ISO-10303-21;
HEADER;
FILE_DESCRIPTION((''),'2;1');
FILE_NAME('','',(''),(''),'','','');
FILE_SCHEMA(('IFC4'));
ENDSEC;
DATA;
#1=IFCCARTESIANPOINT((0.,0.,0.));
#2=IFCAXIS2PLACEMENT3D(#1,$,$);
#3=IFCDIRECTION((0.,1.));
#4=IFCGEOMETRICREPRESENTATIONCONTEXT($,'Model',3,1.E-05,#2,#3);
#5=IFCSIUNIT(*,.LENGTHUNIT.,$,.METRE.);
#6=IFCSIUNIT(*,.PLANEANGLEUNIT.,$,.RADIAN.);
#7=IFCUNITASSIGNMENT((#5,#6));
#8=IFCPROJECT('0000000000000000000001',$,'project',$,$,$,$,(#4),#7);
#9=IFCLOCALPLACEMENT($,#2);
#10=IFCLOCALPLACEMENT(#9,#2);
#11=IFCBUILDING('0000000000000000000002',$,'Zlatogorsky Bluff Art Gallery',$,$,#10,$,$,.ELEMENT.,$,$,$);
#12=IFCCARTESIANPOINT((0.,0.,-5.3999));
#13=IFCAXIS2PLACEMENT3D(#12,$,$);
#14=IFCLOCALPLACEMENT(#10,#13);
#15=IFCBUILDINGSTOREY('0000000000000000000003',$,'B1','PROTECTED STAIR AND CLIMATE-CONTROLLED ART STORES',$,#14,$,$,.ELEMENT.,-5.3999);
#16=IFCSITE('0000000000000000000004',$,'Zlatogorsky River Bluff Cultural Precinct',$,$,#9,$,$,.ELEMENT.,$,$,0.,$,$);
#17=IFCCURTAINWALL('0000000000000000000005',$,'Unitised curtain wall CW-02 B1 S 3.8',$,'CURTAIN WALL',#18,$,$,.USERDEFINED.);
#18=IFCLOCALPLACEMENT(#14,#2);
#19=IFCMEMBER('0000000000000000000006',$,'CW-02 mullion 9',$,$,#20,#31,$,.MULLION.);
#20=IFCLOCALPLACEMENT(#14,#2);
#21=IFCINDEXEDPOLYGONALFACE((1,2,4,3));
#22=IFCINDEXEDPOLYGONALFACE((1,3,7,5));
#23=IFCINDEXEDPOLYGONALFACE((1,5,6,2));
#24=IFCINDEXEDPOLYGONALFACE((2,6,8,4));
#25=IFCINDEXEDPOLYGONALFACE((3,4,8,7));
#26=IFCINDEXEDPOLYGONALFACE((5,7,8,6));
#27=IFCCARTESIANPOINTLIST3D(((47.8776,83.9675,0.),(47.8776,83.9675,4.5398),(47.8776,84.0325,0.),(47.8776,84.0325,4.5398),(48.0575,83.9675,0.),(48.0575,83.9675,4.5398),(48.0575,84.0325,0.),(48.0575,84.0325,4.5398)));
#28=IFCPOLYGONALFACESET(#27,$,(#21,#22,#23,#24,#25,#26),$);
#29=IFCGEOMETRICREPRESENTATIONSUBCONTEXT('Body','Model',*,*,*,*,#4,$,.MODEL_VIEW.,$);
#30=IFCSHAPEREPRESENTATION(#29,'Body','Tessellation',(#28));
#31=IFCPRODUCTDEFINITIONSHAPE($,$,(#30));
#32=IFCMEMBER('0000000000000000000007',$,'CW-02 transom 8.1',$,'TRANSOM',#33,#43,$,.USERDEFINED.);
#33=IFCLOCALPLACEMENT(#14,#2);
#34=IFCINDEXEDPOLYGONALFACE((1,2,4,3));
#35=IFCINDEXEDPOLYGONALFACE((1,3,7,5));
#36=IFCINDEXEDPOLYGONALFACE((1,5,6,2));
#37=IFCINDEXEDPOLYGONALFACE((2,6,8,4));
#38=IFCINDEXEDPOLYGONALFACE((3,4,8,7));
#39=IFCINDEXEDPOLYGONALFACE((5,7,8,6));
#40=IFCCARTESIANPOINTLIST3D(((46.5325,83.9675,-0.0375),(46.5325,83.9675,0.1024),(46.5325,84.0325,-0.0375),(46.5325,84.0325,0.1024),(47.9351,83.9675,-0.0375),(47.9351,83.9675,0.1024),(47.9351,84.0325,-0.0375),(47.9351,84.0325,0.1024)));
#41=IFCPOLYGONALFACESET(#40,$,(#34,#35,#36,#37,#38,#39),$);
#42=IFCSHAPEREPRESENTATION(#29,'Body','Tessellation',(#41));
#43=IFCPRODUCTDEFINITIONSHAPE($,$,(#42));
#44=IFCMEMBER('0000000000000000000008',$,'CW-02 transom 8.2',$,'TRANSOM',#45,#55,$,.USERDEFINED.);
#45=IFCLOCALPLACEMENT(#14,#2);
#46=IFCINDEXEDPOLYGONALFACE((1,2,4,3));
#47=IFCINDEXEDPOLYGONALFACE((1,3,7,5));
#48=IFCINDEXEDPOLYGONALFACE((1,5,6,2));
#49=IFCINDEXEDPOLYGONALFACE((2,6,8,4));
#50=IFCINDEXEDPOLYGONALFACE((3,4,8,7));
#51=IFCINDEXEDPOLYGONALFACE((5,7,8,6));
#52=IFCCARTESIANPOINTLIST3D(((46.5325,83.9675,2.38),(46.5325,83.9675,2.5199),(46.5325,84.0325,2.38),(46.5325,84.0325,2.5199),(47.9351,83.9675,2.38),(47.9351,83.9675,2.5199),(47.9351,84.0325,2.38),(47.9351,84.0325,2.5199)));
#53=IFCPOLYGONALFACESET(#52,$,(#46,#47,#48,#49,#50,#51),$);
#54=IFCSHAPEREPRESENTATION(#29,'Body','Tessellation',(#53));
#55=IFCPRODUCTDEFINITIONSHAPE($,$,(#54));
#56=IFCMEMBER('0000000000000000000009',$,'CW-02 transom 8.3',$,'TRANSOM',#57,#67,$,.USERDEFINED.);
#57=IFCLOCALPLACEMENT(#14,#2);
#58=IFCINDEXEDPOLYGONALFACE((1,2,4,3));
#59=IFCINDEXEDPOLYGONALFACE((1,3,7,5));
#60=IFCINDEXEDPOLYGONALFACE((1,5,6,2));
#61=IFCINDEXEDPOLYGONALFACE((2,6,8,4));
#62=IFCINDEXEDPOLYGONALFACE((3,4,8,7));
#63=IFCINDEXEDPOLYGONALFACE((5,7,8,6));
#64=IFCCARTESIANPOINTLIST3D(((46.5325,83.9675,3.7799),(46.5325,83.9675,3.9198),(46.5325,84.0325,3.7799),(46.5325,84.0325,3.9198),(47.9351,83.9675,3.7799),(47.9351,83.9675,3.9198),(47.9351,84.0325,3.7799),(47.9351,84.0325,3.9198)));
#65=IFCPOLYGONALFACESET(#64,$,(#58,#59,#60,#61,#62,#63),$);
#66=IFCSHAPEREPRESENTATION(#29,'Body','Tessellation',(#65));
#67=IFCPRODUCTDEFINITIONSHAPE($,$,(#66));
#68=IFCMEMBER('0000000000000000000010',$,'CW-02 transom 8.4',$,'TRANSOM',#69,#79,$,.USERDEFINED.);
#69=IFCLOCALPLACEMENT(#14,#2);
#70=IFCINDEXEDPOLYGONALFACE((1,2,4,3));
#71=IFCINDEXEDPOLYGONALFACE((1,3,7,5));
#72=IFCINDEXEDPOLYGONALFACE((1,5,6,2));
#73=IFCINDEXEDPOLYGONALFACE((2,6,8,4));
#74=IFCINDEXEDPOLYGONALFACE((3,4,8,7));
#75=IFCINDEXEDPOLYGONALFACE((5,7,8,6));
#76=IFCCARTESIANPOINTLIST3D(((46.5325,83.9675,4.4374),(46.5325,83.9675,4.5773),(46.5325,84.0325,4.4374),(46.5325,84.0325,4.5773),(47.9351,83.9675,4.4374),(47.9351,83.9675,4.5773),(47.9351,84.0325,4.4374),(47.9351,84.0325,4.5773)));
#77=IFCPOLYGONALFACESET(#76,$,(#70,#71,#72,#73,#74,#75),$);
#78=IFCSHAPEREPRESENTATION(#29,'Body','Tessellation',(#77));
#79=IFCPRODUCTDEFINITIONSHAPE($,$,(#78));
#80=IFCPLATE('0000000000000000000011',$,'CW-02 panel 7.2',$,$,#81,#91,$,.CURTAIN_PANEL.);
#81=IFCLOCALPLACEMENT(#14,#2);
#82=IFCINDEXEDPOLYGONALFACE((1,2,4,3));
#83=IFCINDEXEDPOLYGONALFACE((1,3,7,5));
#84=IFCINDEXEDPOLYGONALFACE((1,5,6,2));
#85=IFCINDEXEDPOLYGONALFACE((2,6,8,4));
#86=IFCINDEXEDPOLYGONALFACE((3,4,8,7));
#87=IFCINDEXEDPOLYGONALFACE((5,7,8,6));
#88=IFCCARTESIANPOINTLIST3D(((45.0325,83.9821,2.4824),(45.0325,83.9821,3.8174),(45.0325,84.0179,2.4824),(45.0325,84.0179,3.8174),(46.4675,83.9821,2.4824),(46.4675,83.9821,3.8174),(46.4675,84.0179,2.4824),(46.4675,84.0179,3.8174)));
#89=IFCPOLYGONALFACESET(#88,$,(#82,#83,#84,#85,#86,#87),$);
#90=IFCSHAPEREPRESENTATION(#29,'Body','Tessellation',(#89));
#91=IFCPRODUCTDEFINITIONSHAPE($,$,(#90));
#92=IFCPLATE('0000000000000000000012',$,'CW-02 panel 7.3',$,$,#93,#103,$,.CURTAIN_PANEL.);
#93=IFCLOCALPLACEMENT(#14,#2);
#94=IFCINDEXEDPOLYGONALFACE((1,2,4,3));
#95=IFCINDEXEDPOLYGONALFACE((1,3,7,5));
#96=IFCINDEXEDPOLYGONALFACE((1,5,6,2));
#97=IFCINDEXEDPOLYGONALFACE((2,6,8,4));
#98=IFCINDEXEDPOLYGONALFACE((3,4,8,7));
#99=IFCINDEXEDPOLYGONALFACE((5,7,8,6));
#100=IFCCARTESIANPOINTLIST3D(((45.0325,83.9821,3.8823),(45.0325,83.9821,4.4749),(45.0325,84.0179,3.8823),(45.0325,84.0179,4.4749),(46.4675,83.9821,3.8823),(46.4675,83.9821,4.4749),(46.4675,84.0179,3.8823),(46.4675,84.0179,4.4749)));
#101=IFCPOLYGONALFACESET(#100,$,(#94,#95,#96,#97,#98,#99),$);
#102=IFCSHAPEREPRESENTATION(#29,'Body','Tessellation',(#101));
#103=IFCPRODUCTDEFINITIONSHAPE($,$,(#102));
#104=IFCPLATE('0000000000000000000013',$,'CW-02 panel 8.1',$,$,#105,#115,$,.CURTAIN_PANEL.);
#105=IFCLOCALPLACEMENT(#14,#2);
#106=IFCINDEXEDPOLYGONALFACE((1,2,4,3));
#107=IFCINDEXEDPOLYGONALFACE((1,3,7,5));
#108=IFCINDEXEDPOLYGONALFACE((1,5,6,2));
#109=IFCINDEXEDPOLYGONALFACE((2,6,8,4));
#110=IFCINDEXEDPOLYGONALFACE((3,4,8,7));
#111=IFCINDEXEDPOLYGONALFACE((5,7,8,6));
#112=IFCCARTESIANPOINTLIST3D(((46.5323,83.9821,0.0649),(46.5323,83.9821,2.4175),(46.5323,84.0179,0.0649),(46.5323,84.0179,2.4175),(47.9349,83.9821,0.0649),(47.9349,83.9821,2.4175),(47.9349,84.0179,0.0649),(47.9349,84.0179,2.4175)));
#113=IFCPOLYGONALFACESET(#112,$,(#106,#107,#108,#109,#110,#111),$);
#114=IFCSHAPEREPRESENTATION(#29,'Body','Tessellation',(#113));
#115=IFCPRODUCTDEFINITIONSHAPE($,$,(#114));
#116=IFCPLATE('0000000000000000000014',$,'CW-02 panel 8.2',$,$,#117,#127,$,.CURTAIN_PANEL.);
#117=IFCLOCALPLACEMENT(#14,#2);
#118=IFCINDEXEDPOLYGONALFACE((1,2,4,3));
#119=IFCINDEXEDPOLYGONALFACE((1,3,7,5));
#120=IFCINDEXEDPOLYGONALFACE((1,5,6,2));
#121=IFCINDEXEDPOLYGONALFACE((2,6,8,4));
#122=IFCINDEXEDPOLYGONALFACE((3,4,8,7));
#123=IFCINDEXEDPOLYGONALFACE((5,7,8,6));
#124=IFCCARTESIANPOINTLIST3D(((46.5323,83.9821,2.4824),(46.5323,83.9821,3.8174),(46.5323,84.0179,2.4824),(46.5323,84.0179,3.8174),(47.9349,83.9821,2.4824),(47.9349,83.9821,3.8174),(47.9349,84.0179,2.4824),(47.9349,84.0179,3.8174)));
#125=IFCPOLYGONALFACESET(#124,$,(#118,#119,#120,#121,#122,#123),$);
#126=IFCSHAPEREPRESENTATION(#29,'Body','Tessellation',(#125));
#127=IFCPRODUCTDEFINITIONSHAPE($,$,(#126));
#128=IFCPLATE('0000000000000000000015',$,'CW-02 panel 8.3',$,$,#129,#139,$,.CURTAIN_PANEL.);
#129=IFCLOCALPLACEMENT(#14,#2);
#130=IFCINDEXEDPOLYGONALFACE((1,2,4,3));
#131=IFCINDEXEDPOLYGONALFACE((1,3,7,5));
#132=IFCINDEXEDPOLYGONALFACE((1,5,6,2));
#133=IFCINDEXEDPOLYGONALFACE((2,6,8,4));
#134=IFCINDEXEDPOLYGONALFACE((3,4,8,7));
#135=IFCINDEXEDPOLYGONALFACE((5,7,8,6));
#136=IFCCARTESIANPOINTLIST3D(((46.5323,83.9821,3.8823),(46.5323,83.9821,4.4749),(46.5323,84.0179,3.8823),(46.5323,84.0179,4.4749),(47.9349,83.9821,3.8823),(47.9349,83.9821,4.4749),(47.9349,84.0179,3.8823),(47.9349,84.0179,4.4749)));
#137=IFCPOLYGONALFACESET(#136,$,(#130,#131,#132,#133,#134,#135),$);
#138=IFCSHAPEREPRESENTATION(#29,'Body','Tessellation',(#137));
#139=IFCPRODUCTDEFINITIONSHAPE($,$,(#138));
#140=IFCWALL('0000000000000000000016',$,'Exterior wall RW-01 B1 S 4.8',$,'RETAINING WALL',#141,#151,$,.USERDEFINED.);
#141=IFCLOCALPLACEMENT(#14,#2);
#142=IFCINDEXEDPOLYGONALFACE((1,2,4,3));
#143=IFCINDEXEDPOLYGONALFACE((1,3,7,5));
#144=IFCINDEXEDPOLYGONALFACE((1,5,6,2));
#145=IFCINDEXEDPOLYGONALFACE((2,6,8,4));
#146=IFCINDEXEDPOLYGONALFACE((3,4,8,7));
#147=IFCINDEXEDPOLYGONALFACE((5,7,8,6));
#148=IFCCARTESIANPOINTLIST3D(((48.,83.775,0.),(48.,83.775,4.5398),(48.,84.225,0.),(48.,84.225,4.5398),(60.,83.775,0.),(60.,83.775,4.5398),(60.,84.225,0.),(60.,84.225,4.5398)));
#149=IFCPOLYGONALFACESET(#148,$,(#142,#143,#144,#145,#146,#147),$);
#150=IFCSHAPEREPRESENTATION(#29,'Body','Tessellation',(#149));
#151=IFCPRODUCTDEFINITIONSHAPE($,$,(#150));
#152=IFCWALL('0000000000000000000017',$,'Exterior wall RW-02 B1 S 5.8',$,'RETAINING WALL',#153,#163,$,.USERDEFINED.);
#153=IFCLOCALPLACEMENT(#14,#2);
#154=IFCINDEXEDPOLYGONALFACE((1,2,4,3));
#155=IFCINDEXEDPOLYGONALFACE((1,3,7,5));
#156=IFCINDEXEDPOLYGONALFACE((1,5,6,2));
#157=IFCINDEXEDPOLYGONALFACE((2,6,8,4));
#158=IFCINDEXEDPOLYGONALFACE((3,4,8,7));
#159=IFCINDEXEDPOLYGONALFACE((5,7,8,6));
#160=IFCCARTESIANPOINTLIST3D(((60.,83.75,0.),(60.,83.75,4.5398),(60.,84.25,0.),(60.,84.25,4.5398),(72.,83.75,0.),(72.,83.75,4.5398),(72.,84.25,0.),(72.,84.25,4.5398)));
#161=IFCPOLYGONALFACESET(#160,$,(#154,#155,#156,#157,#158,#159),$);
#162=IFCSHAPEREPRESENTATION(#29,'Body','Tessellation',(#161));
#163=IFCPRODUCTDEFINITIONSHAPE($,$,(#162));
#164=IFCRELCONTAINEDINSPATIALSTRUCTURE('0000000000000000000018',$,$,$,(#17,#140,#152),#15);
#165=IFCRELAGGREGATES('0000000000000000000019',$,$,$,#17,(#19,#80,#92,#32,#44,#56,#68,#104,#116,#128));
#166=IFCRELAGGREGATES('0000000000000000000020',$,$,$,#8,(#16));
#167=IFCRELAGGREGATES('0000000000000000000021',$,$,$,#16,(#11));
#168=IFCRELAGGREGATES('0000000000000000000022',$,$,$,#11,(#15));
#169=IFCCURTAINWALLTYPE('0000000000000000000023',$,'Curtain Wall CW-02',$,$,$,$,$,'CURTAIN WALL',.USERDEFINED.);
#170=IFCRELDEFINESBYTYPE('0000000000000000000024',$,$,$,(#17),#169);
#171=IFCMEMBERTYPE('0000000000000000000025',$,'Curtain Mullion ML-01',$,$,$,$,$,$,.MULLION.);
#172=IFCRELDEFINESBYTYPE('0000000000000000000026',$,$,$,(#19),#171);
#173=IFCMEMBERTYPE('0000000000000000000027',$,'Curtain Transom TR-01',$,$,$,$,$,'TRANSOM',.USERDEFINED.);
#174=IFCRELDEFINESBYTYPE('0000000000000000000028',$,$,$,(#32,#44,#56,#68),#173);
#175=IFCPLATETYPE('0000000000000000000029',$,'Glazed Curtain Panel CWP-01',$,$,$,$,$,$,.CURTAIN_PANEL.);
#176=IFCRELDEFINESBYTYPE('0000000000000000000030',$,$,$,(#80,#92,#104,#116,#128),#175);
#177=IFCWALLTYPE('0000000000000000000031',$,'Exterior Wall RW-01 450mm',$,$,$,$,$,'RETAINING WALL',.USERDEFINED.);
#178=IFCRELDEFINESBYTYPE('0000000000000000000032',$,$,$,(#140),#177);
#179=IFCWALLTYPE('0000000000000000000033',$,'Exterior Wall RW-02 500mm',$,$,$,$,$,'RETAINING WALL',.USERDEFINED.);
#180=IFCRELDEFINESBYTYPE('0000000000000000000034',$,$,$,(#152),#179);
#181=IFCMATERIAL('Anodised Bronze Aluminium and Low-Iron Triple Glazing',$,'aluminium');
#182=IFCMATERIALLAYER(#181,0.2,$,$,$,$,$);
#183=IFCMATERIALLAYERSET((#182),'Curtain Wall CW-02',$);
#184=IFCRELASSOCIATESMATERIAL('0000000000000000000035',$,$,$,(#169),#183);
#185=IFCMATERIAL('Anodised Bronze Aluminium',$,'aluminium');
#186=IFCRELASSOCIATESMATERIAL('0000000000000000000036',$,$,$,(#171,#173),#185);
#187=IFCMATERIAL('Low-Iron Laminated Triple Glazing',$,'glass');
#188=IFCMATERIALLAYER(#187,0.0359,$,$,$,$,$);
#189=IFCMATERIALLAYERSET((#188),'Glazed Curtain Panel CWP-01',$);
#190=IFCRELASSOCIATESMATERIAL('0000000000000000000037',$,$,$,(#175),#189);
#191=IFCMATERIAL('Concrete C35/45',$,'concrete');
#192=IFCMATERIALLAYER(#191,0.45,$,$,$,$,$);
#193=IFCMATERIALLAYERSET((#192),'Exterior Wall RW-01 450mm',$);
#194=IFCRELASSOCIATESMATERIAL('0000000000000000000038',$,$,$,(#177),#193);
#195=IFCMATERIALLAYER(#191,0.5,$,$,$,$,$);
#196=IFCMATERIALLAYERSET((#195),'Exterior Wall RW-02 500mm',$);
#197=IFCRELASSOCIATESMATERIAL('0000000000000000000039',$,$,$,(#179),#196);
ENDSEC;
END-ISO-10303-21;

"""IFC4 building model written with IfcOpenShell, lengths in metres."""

from ifc_helpers import new_model, si_unit, direction, frame, frame_2d, origin, origin_2d, place, context, subcontext, project, spatial, rectangle, extrude, material, layer, layer_set, material_profile, profile_set, type_object, element, aggregate, save


model = new_model("IFC4")

# Units and contexts
model_context = context("Model", 3, precision=1e-05, world=origin(), true_north=direction((0.0, 1.0)))
body_context = subcontext(model_context, "Body", "Model", "MODEL_VIEW")
ifc_project = project(units=[si_unit("LENGTHUNIT", "METRE"), si_unit("PLANEANGLEUNIT", "RADIAN")], contexts=[model_context])

# Site, building, storey
site_placement = place(None, origin())
site = spatial("IfcSite", under=ifc_project, at=site_placement, Name="Zlatogorsky River Bluff Cultural Precinct", CompositionType="ELEMENT", RefElevation=0.0)
building_placement = place(site_placement, origin())
building = spatial("IfcBuilding", under=site, at=building_placement, Name="Zlatogorsky Bluff Art Gallery", CompositionType="ELEMENT")
storey_placement = place(building_placement, frame((0.0, 0.0, -5.3999)))
storey = spatial("IfcBuildingStorey", under=building, at=storey_placement, Name="B1", Description="PROTECTED STAIR AND CLIMATE-CONTROLLED ART STORES", CompositionType="ELEMENT", Elevation=-5.3999)

# Shared definitions
ifc_material_1 = material(Name="Concrete C35/45", Category="concrete")

# Curtain wall, members, plates
ifc_material_2 = material(Name="Anodised Bronze Aluminium and Low-Iron Triple Glazing", Category="aluminium")
ifc_layer_1 = layer(ifc_material_2, 0.2)
ifc_layer_set_1 = layer_set([ifc_layer_1], Name="Curtain Wall CW-02")
curtain_wall_type = type_object("IfcCurtainWallType", Name="Curtain Wall CW-02", ElementType="CURTAIN WALL", PredefinedType="USERDEFINED", material=ifc_layer_set_1)
curtain_wall_placement = place(storey_placement, origin())
curtain_wall = element("IfcCurtainWall", 1, at=curtain_wall_placement, inside=storey, type_object=curtain_wall_type, Name="Unitised curtain wall CW-02 B1 S 3.8", ObjectType="CURTAIN WALL", PredefinedType="USERDEFINED")
ifc_material_3 = material(Name="Anodised Bronze Aluminium", Category="aluminium")
ifc_material_profile_1 = material_profile(ifc_material_3, rectangle(XDim=0.0649, YDim=0.1799, at=origin_2d()), Name="ALU MULLION 65x180")
ifc_profile_set_1 = profile_set([ifc_material_profile_1], Name="Anodised Bronze Aluminium")
member_type_1 = type_object("IfcMemberType", Name="Curtain Mullion ML-01", PredefinedType="MULLION", material=ifc_profile_set_1)
member_1_placement = place(storey_placement, frame((47.9675, 84.0, 0.0), z_axis=(0.0, 0.0, 1.0), x_axis=(0.0, 1.0, 0.0)))
member_1 = element("IfcMember", 2, at=member_1_placement, type_object=member_type_1, Name="CW-02 mullion 9", PredefinedType="MULLION", context=body_context, shape_type="SweptSolid", body=[
    extrude(rectangle(XDim=0.0649, YDim=0.1799, at=origin_2d()), origin(), (0.0, 0.0, 1.0), 4.5398),
])
ifc_material_profile_2 = material_profile(ifc_material_3, rectangle(XDim=0.0649, YDim=0.1399, at=origin_2d()), Name="ALU TRANSOM 65x140")
ifc_profile_set_2 = profile_set([ifc_material_profile_2], Name="Anodised Bronze Aluminium")
member_type_2 = type_object("IfcMemberType", Name="Curtain Transom TR-01", ElementType="TRANSOM", PredefinedType="USERDEFINED", material=ifc_profile_set_2)
member_2_placement = place(storey_placement, frame((46.5325, 84.0, 0.0325), z_axis=(1.0, 0.0, 0.0), x_axis=(0.0, 1.0, 0.0)))
member_2 = element("IfcMember", 3, at=member_2_placement, type_object=member_type_2, Name="CW-02 transom 8.1", ObjectType="TRANSOM", PredefinedType="USERDEFINED", context=body_context, shape_type="SweptSolid", body=[
    extrude(rectangle(XDim=0.0649, YDim=0.1399, at=origin_2d()), origin(), (0.0, 0.0, 1.0), 1.4026),
])
member_3_placement = place(storey_placement, frame((46.5325, 84.0, 2.45), z_axis=(1.0, 0.0, 0.0), x_axis=(0.0, 1.0, 0.0)))
member_3 = element("IfcMember", 4, at=member_3_placement, type_object=member_type_2, Name="CW-02 transom 8.2", ObjectType="TRANSOM", PredefinedType="USERDEFINED", context=body_context, shape_type="SweptSolid", body=[
    extrude(rectangle(XDim=0.0649, YDim=0.1399, at=origin_2d()), origin(), (0.0, 0.0, 1.0), 1.4026),
])
member_4_placement = place(storey_placement, frame((46.5325, 84.0, 3.8499), z_axis=(1.0, 0.0, 0.0), x_axis=(0.0, 1.0, 0.0)))
member_4 = element("IfcMember", 5, at=member_4_placement, type_object=member_type_2, Name="CW-02 transom 8.3", ObjectType="TRANSOM", PredefinedType="USERDEFINED", context=body_context, shape_type="SweptSolid", body=[
    extrude(rectangle(XDim=0.0649, YDim=0.1399, at=origin_2d()), origin(), (0.0, 0.0, 1.0), 1.4026),
])
member_5_placement = place(storey_placement, frame((46.5325, 84.0, 4.5073), z_axis=(1.0, 0.0, 0.0), x_axis=(0.0, 1.0, 0.0)))
member_5 = element("IfcMember", 6, at=member_5_placement, type_object=member_type_2, Name="CW-02 transom 8.4", ObjectType="TRANSOM", PredefinedType="USERDEFINED", context=body_context, shape_type="SweptSolid", body=[
    extrude(rectangle(XDim=0.0649, YDim=0.1399, at=origin_2d()), origin(), (0.0, 0.0, 1.0), 1.4026),
])
ifc_material_4 = material(Name="Low-Iron Laminated Triple Glazing", Category="glass")
ifc_layer_2 = layer(ifc_material_4, 0.0359)
ifc_layer_set_2 = layer_set([ifc_layer_2], Name="Glazed Curtain Panel CWP-01")
plate_type = type_object("IfcPlateType", Name="Glazed Curtain Panel CWP-01", PredefinedType="CURTAIN_PANEL", material=ifc_layer_set_2)
plate_1_placement = place(storey_placement, frame((45.75, 84.0, 2.4824), z_axis=(0.0, 0.0, 1.0), x_axis=(1.0, 0.0, 0.0)))
plate_1 = element("IfcPlate", 7, at=plate_1_placement, type_object=plate_type, Name="CW-02 panel 7.2", PredefinedType="CURTAIN_PANEL", context=body_context, shape_type="SweptSolid", body=[
    extrude(rectangle(XDim=1.4351, YDim=0.0359, at=origin_2d()), origin(), (0.0, 0.0, 1.0), 1.335),
])
plate_2_placement = place(storey_placement, frame((45.75, 84.0, 3.8823), z_axis=(0.0, 0.0, 1.0), x_axis=(1.0, 0.0, 0.0)))
plate_2 = element("IfcPlate", 8, at=plate_2_placement, type_object=plate_type, Name="CW-02 panel 7.3", PredefinedType="CURTAIN_PANEL", context=body_context, shape_type="SweptSolid", body=[
    extrude(rectangle(XDim=1.4351, YDim=0.0359, at=origin_2d()), origin(), (0.0, 0.0, 1.0), 0.5925),
])
plate_3_placement = place(storey_placement, frame((47.2336, 84.0, 0.0649), z_axis=(0.0, 0.0, 1.0), x_axis=(1.0, 0.0, 0.0)))
plate_3 = element("IfcPlate", 9, at=plate_3_placement, type_object=plate_type, Name="CW-02 panel 8.1", PredefinedType="CURTAIN_PANEL", context=body_context, shape_type="SweptSolid", body=[
    extrude(rectangle(XDim=1.4026, YDim=0.0359, at=origin_2d()), origin(), (0.0, 0.0, 1.0), 2.3525),
])
plate_4_placement = place(storey_placement, frame((47.2336, 84.0, 2.4824), z_axis=(0.0, 0.0, 1.0), x_axis=(1.0, 0.0, 0.0)))
plate_4 = element("IfcPlate", 10, at=plate_4_placement, type_object=plate_type, Name="CW-02 panel 8.2", PredefinedType="CURTAIN_PANEL", context=body_context, shape_type="SweptSolid", body=[
    extrude(rectangle(XDim=1.4026, YDim=0.0359, at=origin_2d()), origin(), (0.0, 0.0, 1.0), 1.335),
])
plate_5_placement = place(storey_placement, frame((47.2336, 84.0, 3.8823), z_axis=(0.0, 0.0, 1.0), x_axis=(1.0, 0.0, 0.0)))
plate_5 = element("IfcPlate", 11, at=plate_5_placement, type_object=plate_type, Name="CW-02 panel 8.3", PredefinedType="CURTAIN_PANEL", context=body_context, shape_type="SweptSolid", body=[
    extrude(rectangle(XDim=1.4026, YDim=0.0359, at=origin_2d()), origin(), (0.0, 0.0, 1.0), 0.5925),
])
aggregate(curtain_wall, [member_1, plate_1, plate_2, member_2, member_3, member_4, member_5, plate_3, plate_4, plate_5])

# Walls
ifc_layer_3 = layer(ifc_material_1, 0.45)
ifc_layer_set_3 = layer_set([ifc_layer_3], Name="Exterior Wall RW-01 450mm")
wall_type_1 = type_object("IfcWallType", Name="Exterior Wall RW-01 450mm", ElementType="RETAINING WALL", PredefinedType="USERDEFINED", material=ifc_layer_set_3)
wall_1_placement = place(storey_placement, frame((48.0, 84.0, 0.0), z_axis=(0.0, 0.0, 1.0), x_axis=(1.0, 0.0, 0.0)))
element("IfcWall", 12, at=wall_1_placement, inside=storey, type_object=wall_type_1, Name="Exterior wall RW-01 B1 S 4.8", ObjectType="RETAINING WALL", PredefinedType="USERDEFINED", context=body_context, shape_type="SweptSolid", body=[
    extrude(rectangle(XDim=12.0, YDim=0.45, at=frame_2d((6.0, 0.0))), origin(), (0.0, 0.0, 1.0), 4.5398),
])
ifc_layer_4 = layer(ifc_material_1, 0.5)
ifc_layer_set_4 = layer_set([ifc_layer_4], Name="Exterior Wall RW-02 500mm")
wall_type_2 = type_object("IfcWallType", Name="Exterior Wall RW-02 500mm", ElementType="RETAINING WALL", PredefinedType="USERDEFINED", material=ifc_layer_set_4)
wall_2_placement = place(storey_placement, frame((60.0, 84.0, 0.0), z_axis=(0.0, 0.0, 1.0), x_axis=(1.0, 0.0, 0.0)))
element("IfcWall", 13, at=wall_2_placement, inside=storey, type_object=wall_type_2, Name="Exterior wall RW-02 B1 S 5.8", ObjectType="RETAINING WALL", PredefinedType="USERDEFINED", context=body_context, shape_type="SweptSolid", body=[
    extrude(rectangle(XDim=12.0, YDim=0.5, at=frame_2d((6.0, 0.0))), origin(), (0.0, 0.0, 1.0), 4.5398),
])

save(model, "model.ifc")
